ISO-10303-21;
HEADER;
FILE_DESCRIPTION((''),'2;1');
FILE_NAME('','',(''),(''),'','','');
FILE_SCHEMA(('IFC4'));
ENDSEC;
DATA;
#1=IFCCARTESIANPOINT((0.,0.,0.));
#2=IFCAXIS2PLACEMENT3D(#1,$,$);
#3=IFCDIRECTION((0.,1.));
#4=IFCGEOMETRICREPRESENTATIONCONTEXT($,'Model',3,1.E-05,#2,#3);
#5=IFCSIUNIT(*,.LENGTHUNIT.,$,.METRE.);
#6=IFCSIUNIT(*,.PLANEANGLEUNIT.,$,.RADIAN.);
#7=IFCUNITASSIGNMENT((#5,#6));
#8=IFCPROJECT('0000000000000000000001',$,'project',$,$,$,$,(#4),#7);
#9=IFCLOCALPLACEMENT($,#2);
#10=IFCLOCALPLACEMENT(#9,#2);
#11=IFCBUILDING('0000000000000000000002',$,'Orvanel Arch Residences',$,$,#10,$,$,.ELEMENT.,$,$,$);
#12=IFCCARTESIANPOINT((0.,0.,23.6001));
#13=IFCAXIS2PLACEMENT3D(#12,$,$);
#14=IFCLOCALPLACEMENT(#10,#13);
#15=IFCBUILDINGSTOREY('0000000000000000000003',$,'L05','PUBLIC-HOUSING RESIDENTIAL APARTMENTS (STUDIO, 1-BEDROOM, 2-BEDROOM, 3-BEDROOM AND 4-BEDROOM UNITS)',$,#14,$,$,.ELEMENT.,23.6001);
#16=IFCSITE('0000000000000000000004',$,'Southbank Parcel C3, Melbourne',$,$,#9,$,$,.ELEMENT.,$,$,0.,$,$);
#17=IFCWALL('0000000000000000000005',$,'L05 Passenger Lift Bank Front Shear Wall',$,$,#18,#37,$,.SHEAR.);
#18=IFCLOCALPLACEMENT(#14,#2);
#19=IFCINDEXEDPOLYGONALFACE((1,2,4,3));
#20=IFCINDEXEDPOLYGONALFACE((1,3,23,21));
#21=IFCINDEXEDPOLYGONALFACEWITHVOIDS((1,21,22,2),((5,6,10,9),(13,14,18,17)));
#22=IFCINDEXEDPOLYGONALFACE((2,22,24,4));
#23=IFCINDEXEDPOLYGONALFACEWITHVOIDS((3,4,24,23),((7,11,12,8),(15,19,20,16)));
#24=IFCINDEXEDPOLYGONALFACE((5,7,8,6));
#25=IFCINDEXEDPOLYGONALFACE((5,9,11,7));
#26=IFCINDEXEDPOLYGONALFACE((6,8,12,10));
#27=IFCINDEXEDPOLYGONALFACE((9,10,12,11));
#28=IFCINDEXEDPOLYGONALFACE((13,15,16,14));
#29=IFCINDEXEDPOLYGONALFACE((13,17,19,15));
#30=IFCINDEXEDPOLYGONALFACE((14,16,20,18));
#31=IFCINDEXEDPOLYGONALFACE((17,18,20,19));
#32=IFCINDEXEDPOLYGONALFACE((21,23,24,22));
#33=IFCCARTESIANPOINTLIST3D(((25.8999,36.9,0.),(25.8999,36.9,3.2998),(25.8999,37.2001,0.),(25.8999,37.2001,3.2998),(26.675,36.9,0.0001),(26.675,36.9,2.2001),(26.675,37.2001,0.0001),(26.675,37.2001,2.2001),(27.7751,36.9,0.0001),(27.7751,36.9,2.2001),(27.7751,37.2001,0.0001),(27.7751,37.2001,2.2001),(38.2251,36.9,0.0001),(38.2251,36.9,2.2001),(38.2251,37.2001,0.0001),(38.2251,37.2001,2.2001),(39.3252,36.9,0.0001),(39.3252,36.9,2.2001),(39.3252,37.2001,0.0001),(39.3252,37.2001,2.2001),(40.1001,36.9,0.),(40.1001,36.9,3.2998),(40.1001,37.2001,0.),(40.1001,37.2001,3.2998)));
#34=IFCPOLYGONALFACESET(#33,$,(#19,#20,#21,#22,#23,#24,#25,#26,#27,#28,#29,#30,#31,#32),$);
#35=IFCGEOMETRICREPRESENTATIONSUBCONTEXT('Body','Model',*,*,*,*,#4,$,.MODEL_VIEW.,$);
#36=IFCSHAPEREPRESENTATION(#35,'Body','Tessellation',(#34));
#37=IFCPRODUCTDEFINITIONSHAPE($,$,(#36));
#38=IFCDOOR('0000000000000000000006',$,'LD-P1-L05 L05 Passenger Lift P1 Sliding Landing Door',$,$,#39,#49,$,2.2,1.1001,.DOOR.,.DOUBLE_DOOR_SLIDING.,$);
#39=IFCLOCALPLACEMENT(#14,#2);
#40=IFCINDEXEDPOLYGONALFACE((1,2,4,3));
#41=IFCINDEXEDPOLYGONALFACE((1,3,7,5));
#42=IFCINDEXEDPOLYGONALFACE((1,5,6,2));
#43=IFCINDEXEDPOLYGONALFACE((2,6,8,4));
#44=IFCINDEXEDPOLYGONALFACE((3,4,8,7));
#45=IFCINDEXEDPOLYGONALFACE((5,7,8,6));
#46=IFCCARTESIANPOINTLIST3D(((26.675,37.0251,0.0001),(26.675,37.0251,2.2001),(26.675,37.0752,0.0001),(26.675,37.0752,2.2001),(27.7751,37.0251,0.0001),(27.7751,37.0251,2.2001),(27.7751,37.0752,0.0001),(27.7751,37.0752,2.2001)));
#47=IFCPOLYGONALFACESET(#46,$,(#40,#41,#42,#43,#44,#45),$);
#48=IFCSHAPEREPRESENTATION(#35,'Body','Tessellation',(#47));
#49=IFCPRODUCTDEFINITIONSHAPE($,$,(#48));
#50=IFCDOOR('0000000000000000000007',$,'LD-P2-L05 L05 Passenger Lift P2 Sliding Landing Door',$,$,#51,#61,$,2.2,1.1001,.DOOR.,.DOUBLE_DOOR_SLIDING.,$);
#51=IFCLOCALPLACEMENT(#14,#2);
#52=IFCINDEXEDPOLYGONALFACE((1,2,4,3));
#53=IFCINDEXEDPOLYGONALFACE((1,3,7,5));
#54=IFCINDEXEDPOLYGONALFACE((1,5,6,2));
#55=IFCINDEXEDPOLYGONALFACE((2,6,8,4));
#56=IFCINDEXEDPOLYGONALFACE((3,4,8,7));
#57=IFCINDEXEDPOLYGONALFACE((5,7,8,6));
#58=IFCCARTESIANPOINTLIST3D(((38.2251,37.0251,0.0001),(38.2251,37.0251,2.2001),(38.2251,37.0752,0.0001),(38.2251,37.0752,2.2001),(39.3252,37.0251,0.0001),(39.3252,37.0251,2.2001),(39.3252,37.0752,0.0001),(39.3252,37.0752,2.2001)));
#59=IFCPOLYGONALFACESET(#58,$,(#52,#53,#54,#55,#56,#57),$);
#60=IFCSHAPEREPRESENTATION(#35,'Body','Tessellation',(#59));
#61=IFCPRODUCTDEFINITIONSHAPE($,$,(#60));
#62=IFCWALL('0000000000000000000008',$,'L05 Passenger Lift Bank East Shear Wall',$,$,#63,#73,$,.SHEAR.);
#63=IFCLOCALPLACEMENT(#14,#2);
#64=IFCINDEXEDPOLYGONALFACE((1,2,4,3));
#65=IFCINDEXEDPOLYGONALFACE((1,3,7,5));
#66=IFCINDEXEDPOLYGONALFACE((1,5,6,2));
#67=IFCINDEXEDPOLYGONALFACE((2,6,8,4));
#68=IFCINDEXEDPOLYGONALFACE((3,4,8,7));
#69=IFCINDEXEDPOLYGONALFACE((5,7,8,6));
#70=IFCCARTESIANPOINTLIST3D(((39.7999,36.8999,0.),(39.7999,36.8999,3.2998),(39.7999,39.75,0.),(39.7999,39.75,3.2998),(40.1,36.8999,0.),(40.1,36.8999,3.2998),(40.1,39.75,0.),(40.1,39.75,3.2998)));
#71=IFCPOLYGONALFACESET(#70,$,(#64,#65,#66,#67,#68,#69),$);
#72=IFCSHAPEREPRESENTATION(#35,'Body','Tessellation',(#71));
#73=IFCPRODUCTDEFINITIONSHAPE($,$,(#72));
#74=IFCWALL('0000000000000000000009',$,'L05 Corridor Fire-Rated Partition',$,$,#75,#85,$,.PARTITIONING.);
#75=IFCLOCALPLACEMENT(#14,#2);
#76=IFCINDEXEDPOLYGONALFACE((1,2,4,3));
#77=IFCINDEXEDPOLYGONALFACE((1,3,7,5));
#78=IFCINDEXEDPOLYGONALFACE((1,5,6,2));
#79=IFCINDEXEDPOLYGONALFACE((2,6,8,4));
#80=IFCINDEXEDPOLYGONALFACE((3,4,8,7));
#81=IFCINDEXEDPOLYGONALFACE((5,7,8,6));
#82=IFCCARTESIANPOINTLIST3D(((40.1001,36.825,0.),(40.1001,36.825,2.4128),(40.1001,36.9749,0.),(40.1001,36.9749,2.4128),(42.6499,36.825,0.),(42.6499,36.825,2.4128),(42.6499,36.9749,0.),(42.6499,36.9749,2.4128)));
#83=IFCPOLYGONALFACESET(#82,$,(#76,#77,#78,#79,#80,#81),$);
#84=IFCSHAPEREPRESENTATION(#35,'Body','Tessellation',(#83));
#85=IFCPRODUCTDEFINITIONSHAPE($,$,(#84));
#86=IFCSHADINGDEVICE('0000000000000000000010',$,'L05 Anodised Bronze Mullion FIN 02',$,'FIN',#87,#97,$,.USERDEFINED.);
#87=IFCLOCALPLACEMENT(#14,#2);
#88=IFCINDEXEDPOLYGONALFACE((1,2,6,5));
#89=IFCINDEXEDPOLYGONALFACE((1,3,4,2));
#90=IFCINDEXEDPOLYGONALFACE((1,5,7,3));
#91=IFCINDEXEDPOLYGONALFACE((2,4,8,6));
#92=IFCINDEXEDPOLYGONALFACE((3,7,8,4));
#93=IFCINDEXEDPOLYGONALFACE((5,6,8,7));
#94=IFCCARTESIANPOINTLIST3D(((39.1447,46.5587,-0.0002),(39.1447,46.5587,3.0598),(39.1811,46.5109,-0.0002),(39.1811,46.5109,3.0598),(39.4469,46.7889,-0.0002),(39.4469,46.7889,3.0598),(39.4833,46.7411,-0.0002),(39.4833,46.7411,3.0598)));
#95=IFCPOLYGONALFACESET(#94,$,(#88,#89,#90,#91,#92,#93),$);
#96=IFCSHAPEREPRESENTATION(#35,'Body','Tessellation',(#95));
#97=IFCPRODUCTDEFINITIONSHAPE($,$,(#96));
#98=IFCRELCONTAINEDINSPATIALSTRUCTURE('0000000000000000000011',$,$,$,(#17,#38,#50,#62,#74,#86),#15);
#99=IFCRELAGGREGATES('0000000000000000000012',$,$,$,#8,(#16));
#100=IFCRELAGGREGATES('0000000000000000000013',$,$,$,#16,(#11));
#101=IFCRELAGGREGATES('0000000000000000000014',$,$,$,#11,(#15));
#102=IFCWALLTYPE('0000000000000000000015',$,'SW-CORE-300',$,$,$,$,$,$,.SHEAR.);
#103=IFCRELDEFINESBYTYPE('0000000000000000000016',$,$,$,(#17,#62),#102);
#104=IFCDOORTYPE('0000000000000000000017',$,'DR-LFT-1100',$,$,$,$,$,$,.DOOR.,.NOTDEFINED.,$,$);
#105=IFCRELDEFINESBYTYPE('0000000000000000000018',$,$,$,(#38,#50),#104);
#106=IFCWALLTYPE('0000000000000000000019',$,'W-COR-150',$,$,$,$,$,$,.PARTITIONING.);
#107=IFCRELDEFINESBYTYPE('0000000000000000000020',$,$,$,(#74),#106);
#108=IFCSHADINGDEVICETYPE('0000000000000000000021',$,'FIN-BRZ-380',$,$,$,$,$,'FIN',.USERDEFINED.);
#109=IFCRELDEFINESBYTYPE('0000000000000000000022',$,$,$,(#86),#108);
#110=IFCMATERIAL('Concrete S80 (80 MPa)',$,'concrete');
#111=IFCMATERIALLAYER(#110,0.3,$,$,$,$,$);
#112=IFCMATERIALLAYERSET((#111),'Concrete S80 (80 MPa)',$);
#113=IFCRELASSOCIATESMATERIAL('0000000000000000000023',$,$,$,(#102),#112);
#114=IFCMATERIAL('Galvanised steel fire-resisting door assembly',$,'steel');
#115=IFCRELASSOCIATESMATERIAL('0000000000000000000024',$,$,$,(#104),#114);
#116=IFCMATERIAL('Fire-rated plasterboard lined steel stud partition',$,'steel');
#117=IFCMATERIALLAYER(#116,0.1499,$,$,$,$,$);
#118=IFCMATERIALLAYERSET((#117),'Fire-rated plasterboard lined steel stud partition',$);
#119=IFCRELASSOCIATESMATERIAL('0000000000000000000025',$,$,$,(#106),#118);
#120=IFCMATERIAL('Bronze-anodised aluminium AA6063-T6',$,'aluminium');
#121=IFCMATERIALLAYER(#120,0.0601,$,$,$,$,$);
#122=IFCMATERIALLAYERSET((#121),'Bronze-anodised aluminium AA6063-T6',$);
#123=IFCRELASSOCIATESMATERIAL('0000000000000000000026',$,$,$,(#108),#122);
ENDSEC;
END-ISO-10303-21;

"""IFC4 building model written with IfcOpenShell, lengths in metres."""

from ifc_helpers import new_model, si_unit, direction, frame, frame_2d, origin, origin_2d, place, context, subcontext, project, spatial, rectangle, extrude, material, layer, layer_set, type_object, element, fill, save


model = new_model("IFC4")

# Units and contexts
model_context = context("Model", 3, precision=1e-05, world=origin(), true_north=direction((0.0, 1.0)))
body_context = subcontext(model_context, "Body", "Model", "MODEL_VIEW")
ifc_project = project(units=[si_unit("LENGTHUNIT", "METRE"), si_unit("PLANEANGLEUNIT", "RADIAN")], contexts=[model_context])

# Site, building, storey
site_placement = place(None, origin())
site = spatial("IfcSite", under=ifc_project, at=site_placement, Name="Southbank Parcel C3, Melbourne", CompositionType="ELEMENT", RefElevation=0.0)
building_placement = place(site_placement, origin())
building = spatial("IfcBuilding", under=site, at=building_placement, Name="Orvanel Arch Residences", CompositionType="ELEMENT")
storey_placement = place(building_placement, frame((0.0, 0.0, 23.6001)))
storey = spatial("IfcBuildingStorey", under=building, at=storey_placement, Name="L05", Description="PUBLIC-HOUSING RESIDENTIAL APARTMENTS (STUDIO, 1-BEDROOM, 2-BEDROOM, 3-BEDROOM AND 4-BEDROOM UNITS)", CompositionType="ELEMENT", Elevation=23.6001)

# Shared definitions
ifc_material_1 = material(Name="Bronze-anodised aluminium AA6063-T6", Category="aluminium")

# Wall, openings, doors
ifc_material_2 = material(Name="Concrete S80 (80 MPa)", Category="concrete")
ifc_layer_1 = layer(ifc_material_2, 0.3)
ifc_layer_set_1 = layer_set([ifc_layer_1], Name="Concrete S80 (80 MPa)")
wall_type_1 = type_object("IfcWallType", Name="SW-CORE-300", PredefinedType="SHEAR", material=ifc_layer_set_1)
wall_1_placement = place(storey_placement, frame((40.1001, 37.05, 0.0), z_axis=(0.0, 0.0, 1.0), x_axis=(-1.0, 0.0, 0.0)))
wall_1 = element("IfcWall", 1, at=wall_1_placement, inside=storey, type_object=wall_type_1, Name="L05 Passenger Lift Bank Front Shear Wall", PredefinedType="SHEAR", context=body_context, shape_type="SweptSolid", body=[
    extrude(rectangle(XDim=14.2002, YDim=0.3, at=frame_2d((7.1001, 0.0))), origin(), (0.0, 0.0, 1.0), 3.2998),
])
opening_1_placement = place(wall_1_placement, frame((12.325, 0.0, 0.0)))
opening_1 = element("IfcOpeningElement", 2, at=opening_1_placement, cuts=wall_1, PredefinedType="OPENING", context=body_context, shape_type="SweptSolid", body=[
    extrude(rectangle(XDim=1.1001, YDim=2.2, at=frame_2d((0.55, 1.1001))), frame((0.0, 0.1599, 0.0), z_axis=(0.0, -1.0, 0.0), x_axis=(1.0, 0.0, 0.0)), (0.0, 0.0, 1.0), 0.3201),
])
opening_2_placement = place(wall_1_placement, frame((0.7749, 0.0, 0.0)))
opening_2 = element("IfcOpeningElement", 3, at=opening_2_placement, cuts=wall_1, PredefinedType="OPENING", context=body_context, shape_type="SweptSolid", body=[
    extrude(rectangle(XDim=1.1001, YDim=2.2, at=frame_2d((0.55, 1.1001))), frame((0.0, 0.1599, 0.0), z_axis=(0.0, -1.0, 0.0), x_axis=(1.0, 0.0, 0.0)), (0.0, 0.0, 1.0), 0.3201),
])
ifc_material_3 = material(Name="Galvanised steel fire-resisting door assembly", Category="steel")
door_type = type_object("IfcDoorType", Name="DR-LFT-1100", OperationType="NOTDEFINED", PredefinedType="DOOR", material=ifc_material_3)
door_1_placement = place(opening_1_placement, origin())
door_1 = element("IfcDoor", 4, at=door_1_placement, inside=storey, type_object=door_type, Name="LD-P1-L05 L05 Passenger Lift P1 Sliding Landing Door", OperationType="DOUBLE_DOOR_SLIDING", OverallHeight=2.2, OverallWidth=1.1001, PredefinedType="DOOR", context=body_context, shape_type="SweptSolid", body=[
    extrude(rectangle(XDim=1.1001, YDim=2.2, at=frame_2d((0.55, 1.1001))), frame((0.0, 0.0249, 0.0), z_axis=(0.0, -1.0, 0.0), x_axis=(1.0, 0.0, 0.0)), (0.0, 0.0, 1.0), 0.05),
])
fill(opening_1, door_1)
door_2_placement = place(opening_2_placement, origin())
door_2 = element("IfcDoor", 5, at=door_2_placement, inside=storey, type_object=door_type, Name="LD-P2-L05 L05 Passenger Lift P2 Sliding Landing Door", OperationType="DOUBLE_DOOR_SLIDING", OverallHeight=2.2, OverallWidth=1.1001, PredefinedType="DOOR", context=body_context, shape_type="SweptSolid", body=[
    extrude(rectangle(XDim=1.1001, YDim=2.2, at=frame_2d((0.55, 1.1001))), frame((0.0, 0.0249, 0.0), z_axis=(0.0, -1.0, 0.0), x_axis=(1.0, 0.0, 0.0)), (0.0, 0.0, 1.0), 0.05),
])
fill(opening_2, door_2)

# Walls
wall_2_placement = place(storey_placement, frame((39.95, 36.8999, 0.0), z_axis=(0.0, 0.0, 1.0), x_axis=(0.0, 1.0, 0.0)))
element("IfcWall", 6, at=wall_2_placement, inside=storey, type_object=wall_type_1, Name="L05 Passenger Lift Bank East Shear Wall", PredefinedType="SHEAR", context=body_context, shape_type="SweptSolid", body=[
    extrude(rectangle(XDim=2.8501, YDim=0.3, at=frame_2d((1.425, 0.0))), origin(), (0.0, 0.0, 1.0), 3.2998),
])
ifc_material_4 = material(Name="Fire-rated plasterboard lined steel stud partition", Category="steel")
ifc_layer_2 = layer(ifc_material_4, 0.1499)
ifc_layer_set_2 = layer_set([ifc_layer_2], Name="Fire-rated plasterboard lined steel stud partition")
wall_type_2 = type_object("IfcWallType", Name="W-COR-150", PredefinedType="PARTITIONING", material=ifc_layer_set_2)
wall_3_placement = place(storey_placement, frame((40.1001, 36.8999, 0.0), z_axis=(0.0, 0.0, 1.0), x_axis=(1.0, 0.0, 0.0)))
element("IfcWall", 7, at=wall_3_placement, inside=storey, type_object=wall_type_2, Name="L05 Corridor Fire-Rated Partition", PredefinedType="PARTITIONING", context=body_context, shape_type="SweptSolid", body=[
    extrude(rectangle(XDim=2.5498, YDim=0.1499, at=frame_2d((1.2749, 0.0))), origin(), (0.0, 0.0, 1.0), 2.4128),
])

# Shading device
ifc_layer_3 = layer(ifc_material_1, 0.0601)
ifc_layer_set_3 = layer_set([ifc_layer_3], Name="Bronze-anodised aluminium AA6063-T6")
shading_device_type = type_object("IfcShadingDeviceType", Name="FIN-BRZ-380", ElementType="FIN", PredefinedType="USERDEFINED", material=ifc_layer_set_3)
shading_device_placement = place(storey_placement, frame((39.314, 46.6499, -0.0002), z_axis=(0.0, 0.0, 1.0), x_axis=(0.795473, 0.605988, 0.0)))
element("IfcShadingDevice", 8, at=shading_device_placement, inside=storey, type_object=shading_device_type, Name="L05 Anodised Bronze Mullion FIN 02", ObjectType="FIN", PredefinedType="USERDEFINED", context=body_context, shape_type="SweptSolid", body=[
    extrude(rectangle(XDim=0.3799, YDim=0.0601, at=origin_2d()), origin(), (0.0, 0.0, 1.0), 3.0601),
])

save(model, "model.ifc")
